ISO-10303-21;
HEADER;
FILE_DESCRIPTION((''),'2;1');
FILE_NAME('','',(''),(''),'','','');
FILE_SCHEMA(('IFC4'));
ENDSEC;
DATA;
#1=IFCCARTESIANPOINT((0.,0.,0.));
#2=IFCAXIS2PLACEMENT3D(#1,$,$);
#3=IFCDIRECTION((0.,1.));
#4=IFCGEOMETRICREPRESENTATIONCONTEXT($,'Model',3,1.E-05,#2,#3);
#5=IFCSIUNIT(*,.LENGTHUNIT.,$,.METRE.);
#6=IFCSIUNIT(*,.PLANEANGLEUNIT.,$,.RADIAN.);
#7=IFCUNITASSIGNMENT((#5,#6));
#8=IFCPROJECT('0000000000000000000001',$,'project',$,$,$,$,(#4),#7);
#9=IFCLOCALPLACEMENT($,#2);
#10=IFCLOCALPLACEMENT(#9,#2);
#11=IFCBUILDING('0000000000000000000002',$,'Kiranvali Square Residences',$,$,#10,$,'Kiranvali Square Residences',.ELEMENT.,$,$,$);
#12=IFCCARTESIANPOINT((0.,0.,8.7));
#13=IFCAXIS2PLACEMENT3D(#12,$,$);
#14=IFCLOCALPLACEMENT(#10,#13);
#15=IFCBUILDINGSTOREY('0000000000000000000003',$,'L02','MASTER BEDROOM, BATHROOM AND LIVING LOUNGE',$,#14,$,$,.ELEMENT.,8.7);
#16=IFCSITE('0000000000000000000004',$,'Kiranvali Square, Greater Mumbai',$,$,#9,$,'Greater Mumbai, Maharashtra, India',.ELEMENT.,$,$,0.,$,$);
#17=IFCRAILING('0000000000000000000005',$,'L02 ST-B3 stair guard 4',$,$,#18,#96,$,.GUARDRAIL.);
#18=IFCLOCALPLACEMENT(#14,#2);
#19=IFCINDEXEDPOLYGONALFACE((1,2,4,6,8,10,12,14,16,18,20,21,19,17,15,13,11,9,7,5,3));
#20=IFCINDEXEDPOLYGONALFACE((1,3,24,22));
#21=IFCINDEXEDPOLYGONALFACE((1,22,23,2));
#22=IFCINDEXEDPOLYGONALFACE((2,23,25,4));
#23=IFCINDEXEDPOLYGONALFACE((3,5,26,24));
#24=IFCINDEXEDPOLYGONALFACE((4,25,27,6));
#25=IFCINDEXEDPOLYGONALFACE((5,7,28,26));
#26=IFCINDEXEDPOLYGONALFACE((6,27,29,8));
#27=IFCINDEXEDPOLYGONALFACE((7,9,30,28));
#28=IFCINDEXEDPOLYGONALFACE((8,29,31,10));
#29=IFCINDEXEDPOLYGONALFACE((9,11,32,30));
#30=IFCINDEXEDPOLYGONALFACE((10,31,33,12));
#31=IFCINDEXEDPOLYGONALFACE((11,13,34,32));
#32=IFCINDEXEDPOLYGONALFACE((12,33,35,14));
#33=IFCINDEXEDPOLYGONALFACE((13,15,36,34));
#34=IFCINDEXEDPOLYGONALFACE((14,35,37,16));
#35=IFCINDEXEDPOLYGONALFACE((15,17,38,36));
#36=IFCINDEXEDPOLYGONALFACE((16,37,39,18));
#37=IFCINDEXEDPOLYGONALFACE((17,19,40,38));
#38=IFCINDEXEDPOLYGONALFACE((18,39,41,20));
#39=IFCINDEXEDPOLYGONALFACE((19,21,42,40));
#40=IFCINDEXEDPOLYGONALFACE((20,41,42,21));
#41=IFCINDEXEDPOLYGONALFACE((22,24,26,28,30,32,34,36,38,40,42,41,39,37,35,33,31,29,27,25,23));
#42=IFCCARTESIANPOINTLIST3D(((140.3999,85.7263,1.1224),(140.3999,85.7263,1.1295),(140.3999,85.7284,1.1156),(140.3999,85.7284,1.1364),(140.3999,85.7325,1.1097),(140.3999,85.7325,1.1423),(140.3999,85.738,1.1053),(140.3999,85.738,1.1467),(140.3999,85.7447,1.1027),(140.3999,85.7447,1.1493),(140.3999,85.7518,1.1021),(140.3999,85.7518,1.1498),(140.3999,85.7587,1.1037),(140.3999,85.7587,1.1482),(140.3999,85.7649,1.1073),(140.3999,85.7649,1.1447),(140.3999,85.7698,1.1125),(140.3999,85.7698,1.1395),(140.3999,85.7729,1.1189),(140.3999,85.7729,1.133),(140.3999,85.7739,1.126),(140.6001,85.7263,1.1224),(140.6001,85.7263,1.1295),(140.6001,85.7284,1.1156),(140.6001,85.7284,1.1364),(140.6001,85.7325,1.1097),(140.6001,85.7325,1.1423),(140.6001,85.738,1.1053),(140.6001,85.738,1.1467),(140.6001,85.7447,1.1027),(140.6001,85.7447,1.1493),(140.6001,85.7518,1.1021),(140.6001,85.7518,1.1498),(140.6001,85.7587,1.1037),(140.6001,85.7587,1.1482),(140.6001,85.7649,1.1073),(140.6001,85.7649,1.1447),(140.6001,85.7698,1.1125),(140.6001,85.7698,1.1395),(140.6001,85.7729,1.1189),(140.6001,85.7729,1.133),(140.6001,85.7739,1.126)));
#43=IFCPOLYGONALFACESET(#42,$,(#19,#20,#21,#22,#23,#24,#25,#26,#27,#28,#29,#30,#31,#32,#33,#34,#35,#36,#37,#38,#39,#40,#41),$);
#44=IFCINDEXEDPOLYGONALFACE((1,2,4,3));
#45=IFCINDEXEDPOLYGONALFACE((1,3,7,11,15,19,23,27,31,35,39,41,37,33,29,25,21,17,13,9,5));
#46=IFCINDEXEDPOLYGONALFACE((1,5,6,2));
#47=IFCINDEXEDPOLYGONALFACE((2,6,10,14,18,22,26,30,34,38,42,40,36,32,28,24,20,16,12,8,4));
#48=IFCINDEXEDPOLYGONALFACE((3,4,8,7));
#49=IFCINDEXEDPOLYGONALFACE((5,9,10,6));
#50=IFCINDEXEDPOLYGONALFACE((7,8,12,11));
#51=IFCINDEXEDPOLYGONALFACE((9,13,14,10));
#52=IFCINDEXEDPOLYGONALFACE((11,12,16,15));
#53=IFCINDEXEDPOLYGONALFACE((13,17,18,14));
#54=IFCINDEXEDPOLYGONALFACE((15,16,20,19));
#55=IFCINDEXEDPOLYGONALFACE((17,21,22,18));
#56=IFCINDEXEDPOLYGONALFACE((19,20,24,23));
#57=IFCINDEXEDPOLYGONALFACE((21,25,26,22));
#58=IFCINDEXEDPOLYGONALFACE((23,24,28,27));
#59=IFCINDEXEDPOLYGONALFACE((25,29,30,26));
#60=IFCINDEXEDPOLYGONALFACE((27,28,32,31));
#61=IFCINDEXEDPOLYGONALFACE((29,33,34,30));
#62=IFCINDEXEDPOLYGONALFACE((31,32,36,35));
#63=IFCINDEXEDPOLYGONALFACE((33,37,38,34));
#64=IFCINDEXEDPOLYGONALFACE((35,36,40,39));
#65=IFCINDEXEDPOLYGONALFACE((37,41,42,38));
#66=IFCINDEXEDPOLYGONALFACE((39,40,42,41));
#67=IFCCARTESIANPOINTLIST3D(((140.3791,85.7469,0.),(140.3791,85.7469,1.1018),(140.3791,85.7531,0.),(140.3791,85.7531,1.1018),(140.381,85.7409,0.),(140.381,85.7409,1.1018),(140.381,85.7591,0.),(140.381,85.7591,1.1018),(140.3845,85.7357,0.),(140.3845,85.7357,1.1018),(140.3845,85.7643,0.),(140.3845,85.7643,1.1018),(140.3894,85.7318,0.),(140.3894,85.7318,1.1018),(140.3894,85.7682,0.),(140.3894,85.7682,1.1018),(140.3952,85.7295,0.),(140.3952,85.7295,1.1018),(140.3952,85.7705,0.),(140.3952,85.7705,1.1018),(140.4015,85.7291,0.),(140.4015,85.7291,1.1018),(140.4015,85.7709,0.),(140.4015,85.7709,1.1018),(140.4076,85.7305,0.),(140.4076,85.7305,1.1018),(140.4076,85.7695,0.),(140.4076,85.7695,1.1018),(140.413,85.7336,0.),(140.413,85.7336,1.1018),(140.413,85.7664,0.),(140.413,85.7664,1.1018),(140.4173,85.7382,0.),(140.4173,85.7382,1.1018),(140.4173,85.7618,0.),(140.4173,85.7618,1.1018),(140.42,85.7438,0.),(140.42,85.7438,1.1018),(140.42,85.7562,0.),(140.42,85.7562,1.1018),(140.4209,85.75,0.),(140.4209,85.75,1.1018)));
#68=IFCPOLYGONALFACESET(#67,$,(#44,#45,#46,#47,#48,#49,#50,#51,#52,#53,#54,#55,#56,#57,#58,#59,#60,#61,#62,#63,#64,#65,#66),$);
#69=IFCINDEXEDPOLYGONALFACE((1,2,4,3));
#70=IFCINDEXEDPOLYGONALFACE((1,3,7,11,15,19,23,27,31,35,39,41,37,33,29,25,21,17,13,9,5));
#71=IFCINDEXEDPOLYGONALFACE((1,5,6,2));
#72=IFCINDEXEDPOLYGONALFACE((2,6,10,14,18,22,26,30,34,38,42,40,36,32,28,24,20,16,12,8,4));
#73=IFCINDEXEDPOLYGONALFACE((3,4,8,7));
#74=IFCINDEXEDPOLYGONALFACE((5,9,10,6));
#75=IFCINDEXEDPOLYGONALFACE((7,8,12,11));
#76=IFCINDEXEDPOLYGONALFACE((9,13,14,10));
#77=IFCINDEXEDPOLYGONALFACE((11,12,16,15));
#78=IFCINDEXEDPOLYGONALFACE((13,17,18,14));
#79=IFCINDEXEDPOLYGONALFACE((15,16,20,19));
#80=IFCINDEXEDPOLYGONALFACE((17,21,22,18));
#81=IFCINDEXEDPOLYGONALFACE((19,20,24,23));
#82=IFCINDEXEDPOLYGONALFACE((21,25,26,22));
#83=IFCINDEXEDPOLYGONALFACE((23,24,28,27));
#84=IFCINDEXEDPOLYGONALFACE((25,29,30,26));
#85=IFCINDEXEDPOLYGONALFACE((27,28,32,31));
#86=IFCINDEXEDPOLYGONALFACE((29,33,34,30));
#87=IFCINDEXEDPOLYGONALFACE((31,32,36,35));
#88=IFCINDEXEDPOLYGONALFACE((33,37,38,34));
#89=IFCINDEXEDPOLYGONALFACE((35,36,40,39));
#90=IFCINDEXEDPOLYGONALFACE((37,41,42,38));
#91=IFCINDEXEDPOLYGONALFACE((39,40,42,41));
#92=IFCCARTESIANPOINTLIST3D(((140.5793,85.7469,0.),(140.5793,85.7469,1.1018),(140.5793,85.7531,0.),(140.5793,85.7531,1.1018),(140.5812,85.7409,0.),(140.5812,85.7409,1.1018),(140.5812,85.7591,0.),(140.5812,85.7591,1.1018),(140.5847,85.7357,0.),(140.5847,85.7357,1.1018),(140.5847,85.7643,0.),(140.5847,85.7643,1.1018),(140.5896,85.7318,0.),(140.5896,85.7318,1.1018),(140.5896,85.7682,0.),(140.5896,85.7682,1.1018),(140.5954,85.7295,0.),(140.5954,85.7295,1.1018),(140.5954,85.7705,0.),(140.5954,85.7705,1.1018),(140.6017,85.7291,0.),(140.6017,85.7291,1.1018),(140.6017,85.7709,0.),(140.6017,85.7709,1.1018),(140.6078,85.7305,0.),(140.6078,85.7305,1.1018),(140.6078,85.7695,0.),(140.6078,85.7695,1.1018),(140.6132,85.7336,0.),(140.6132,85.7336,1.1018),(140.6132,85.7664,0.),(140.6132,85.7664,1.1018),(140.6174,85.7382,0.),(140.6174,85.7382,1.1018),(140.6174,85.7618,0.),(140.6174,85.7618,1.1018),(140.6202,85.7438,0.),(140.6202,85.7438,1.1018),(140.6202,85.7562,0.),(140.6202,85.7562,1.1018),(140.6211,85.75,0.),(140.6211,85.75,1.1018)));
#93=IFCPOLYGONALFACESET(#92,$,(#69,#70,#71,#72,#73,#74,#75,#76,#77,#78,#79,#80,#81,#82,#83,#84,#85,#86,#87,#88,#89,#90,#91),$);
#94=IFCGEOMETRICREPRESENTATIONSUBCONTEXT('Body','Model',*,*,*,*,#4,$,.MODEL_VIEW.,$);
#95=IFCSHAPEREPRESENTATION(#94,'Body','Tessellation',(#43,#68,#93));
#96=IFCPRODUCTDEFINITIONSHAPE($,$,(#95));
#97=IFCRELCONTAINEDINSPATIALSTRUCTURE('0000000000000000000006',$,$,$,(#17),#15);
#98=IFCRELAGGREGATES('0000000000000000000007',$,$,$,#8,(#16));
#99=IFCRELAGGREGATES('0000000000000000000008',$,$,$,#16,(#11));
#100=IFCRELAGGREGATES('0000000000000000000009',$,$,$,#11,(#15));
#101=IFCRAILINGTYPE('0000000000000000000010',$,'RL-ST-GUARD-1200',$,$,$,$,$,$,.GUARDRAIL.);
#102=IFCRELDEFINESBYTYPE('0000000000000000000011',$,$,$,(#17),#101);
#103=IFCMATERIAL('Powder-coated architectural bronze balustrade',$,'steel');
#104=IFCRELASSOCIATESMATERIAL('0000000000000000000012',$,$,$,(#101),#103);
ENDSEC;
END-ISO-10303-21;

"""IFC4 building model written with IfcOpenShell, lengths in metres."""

from ifc_helpers import new_model, si_unit, direction, frame, origin, origin_2d, place, context, subcontext, project, spatial, circle, extrude, material, type_object, element, save


model = new_model("IFC4")

# Units and contexts
model_context = context("Model", 3, precision=1e-05, world=origin(), true_north=direction((0.0, 1.0)))
body_context = subcontext(model_context, "Body", "Model", "MODEL_VIEW")
ifc_project = project(units=[si_unit("LENGTHUNIT", "METRE"), si_unit("PLANEANGLEUNIT", "RADIAN")], contexts=[model_context])

# Site, building, storey
site_placement = place(None, origin())
site = spatial("IfcSite", under=ifc_project, at=site_placement, Name="Kiranvali Square, Greater Mumbai", LongName="Greater Mumbai, Maharashtra, India", CompositionType="ELEMENT", RefElevation=0.0)
building_placement = place(site_placement, origin())
building = spatial("IfcBuilding", under=site, at=building_placement, Name="Kiranvali Square Residences", LongName="Kiranvali Square Residences", CompositionType="ELEMENT")
storey_placement = place(building_placement, frame((0.0, 0.0, 8.7)))
storey = spatial("IfcBuildingStorey", under=building, at=storey_placement, Name="L02", Description="MASTER BEDROOM, BATHROOM AND LIVING LOUNGE", CompositionType="ELEMENT", Elevation=8.7)

# Railing
ifc_material_1 = material(Name="Powder-coated architectural bronze balustrade", Category="steel")
railing_type_1 = type_object("IfcRailingType", Name="RL-ST-GUARD-1200", PredefinedType="GUARDRAIL", material=ifc_material_1)
railing_1_placement = place(storey_placement, frame((140.3999, 85.75, 0.0)))
element("IfcRailing", 1, at=railing_1_placement, inside=storey, type_object=railing_type_1, Name="L02 ST-B3 stair guard 4", PredefinedType="GUARDRAIL", context=body_context, shape_type="SweptSolid", body=[
    extrude(circle(Radius=0.0239, at=origin_2d()), frame((0.0, 0.0, 1.126), z_axis=(1.0, 0.0, 0.0), x_axis=(0.0, 1.0, 0.0)), (0.0, 0.0, 1.0), 0.2002),
    extrude(circle(Radius=0.021, at=origin_2d()), origin(), (0.0, 0.0, 1.0), 1.1018),
    extrude(circle(Radius=0.021, at=origin_2d()), frame((0.2002, 0.0, 0.0)), (0.0, 0.0, 1.0), 1.1018),
])

save(model, "model.ifc")
